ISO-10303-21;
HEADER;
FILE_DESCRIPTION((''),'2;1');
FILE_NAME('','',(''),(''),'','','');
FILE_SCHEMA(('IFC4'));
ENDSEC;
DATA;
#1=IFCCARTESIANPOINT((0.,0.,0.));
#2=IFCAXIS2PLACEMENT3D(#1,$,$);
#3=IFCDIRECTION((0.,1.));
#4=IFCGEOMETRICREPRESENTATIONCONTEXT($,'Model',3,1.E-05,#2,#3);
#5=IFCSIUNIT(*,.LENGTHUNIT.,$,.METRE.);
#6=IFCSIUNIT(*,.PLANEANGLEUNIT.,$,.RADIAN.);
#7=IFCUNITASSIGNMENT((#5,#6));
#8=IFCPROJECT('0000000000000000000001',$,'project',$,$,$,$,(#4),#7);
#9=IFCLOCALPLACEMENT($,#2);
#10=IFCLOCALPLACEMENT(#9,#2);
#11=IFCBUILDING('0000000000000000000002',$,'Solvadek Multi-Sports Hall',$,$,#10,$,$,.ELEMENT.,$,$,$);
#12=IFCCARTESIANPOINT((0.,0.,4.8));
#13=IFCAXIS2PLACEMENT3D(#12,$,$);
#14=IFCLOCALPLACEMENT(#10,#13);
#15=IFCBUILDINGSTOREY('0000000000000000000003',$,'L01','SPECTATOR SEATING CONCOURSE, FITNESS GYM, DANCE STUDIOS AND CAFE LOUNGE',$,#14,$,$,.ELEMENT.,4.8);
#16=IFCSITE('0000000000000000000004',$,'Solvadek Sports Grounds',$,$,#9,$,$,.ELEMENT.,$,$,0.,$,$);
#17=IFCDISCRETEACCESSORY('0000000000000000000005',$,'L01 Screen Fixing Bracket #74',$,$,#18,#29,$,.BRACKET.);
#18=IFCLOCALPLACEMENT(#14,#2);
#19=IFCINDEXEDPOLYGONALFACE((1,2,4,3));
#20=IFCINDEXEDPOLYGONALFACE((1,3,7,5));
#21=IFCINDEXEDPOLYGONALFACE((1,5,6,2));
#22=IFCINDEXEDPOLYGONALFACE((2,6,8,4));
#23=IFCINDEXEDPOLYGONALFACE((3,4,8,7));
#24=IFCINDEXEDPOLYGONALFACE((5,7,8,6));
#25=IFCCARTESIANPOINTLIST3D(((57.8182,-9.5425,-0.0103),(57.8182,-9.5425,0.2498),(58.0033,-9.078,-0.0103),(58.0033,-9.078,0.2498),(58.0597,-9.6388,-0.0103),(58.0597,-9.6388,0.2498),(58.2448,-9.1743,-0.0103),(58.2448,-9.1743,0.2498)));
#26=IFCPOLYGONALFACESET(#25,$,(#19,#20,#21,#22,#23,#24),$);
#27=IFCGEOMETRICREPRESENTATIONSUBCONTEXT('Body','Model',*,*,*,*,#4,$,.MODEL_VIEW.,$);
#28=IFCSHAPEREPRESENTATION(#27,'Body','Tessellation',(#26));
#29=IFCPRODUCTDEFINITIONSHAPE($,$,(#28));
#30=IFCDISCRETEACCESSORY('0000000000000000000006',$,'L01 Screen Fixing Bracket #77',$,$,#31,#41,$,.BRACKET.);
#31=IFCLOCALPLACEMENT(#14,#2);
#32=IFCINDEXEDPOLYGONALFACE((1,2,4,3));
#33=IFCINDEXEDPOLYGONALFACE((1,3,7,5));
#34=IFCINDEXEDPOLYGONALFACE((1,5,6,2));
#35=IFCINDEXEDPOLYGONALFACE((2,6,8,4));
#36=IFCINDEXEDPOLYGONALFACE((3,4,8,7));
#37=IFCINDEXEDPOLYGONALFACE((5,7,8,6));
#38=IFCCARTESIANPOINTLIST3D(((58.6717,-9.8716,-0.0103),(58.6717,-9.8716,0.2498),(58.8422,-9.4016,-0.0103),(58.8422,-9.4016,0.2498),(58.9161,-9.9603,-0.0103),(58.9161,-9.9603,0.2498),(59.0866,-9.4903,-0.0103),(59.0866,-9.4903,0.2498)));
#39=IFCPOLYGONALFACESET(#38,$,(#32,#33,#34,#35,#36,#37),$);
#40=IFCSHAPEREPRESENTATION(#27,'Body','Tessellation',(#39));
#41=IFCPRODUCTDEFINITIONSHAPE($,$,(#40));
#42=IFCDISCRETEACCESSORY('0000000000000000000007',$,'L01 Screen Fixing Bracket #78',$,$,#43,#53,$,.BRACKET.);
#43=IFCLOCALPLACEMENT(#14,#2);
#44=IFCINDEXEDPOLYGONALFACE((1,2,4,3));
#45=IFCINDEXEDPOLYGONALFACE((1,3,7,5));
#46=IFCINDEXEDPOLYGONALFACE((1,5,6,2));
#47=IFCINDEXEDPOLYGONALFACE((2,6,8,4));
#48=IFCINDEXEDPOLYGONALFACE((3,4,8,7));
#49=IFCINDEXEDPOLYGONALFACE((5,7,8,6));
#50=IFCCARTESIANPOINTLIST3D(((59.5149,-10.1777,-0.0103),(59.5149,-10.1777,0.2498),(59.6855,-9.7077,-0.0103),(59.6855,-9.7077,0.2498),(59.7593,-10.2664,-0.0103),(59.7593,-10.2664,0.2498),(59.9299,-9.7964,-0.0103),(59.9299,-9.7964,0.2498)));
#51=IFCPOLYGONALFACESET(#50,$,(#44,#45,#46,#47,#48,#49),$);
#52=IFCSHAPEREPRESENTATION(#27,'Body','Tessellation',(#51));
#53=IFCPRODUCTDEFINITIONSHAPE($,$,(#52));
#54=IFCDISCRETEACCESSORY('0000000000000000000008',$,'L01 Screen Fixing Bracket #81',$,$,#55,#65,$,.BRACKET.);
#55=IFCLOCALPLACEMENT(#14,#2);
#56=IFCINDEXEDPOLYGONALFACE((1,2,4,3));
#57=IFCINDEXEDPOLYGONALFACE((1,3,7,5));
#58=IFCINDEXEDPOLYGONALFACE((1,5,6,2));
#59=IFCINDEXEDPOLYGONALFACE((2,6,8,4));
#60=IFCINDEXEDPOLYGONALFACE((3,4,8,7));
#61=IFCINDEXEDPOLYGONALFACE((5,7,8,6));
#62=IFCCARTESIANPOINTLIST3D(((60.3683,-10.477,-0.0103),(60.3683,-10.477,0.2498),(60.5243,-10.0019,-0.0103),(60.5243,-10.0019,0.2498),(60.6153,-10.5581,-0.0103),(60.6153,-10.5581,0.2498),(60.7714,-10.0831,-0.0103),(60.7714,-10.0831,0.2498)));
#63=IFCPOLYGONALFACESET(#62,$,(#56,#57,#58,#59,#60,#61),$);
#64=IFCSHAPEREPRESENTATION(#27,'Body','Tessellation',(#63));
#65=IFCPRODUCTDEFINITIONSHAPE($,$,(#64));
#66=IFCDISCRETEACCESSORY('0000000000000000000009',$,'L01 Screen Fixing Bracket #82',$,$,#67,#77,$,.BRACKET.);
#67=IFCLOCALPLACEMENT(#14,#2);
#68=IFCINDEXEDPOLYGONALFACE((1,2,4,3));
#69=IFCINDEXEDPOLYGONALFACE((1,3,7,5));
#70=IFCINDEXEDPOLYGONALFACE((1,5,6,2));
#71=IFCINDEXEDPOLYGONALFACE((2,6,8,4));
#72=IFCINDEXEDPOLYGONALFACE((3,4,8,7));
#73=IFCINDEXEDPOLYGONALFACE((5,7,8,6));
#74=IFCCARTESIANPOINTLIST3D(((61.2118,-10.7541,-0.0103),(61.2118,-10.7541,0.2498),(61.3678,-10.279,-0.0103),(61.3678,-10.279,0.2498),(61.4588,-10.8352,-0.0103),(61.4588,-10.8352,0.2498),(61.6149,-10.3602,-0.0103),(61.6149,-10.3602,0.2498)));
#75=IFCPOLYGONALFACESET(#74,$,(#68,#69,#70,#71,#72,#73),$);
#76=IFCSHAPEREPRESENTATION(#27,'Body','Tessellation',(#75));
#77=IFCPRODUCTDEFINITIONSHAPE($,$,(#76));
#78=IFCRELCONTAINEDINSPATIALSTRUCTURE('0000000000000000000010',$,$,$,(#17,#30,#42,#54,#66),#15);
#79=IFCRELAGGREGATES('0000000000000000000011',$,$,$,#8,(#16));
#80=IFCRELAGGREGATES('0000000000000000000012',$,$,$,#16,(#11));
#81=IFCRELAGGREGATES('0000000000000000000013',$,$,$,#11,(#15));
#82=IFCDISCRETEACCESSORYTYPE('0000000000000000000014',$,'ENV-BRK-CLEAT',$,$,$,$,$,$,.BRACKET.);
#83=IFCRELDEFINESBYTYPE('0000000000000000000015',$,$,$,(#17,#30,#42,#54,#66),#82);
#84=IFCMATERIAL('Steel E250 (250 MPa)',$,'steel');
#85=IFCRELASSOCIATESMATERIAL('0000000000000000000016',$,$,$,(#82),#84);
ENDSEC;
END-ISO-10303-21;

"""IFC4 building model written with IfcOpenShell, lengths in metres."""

from ifc_helpers import new_model, si_unit, direction, frame, origin, origin_2d, place, context, subcontext, project, spatial, rectangle, extrude, material, type_object, element, save


model = new_model("IFC4")

# Units and contexts
model_context = context("Model", 3, precision=1e-05, world=origin(), true_north=direction((0.0, 1.0)))
body_context = subcontext(model_context, "Body", "Model", "MODEL_VIEW")
ifc_project = project(units=[si_unit("LENGTHUNIT", "METRE"), si_unit("PLANEANGLEUNIT", "RADIAN")], contexts=[model_context])

# Site, building, storey
site_placement = place(None, origin())
site = spatial("IfcSite", under=ifc_project, at=site_placement, Name="Solvadek Sports Grounds", CompositionType="ELEMENT", RefElevation=0.0)
building_placement = place(site_placement, origin())
building = spatial("IfcBuilding", under=site, at=building_placement, Name="Solvadek Multi-Sports Hall", CompositionType="ELEMENT")
storey_placement = place(building_placement, frame((0.0, 0.0, 4.8)))
storey = spatial("IfcBuildingStorey", under=building, at=storey_placement, Name="L01", Description="SPECTATOR SEATING CONCOURSE, FITNESS GYM, DANCE STUDIOS AND CAFE LOUNGE", CompositionType="ELEMENT", Elevation=4.8)

# Discrete accessories
ifc_material_1 = material(Name="Steel E250 (250 MPa)", Category="steel")
discrete_accessory_type = type_object("IfcDiscreteAccessoryType", Name="ENV-BRK-CLEAT", PredefinedType="BRACKET", material=ifc_material_1)
for number, where, z_axis, x_axis, name in (
    (1, (58.0315, -9.3584, -0.0103), (0.0, 0.0, 1.0), (0.928981, -0.370128, 0.0), "L01 Screen Fixing Bracket #74"),
    (2, (58.8792, -9.6809, -0.0103), (0.0, 0.0, 1.0), (0.940005, -0.341161, 0.0), "L01 Screen Fixing Bracket #77"),
    (3, (59.7224, -9.9871, -0.0103), (0.0, 0.0, 1.0), (0.940005, -0.341161, 0.0), "L01 Screen Fixing Bracket #78"),
    (4, (60.5698, -10.28, -0.0103), (0.0, 0.0, 1.0), (0.950043, -0.312119, 0.0), "L01 Screen Fixing Bracket #81"),
    (5, (61.4133, -10.5571, -0.0103), (0.0, 0.0, 1.0), (0.950043, -0.312119, 0.0), "L01 Screen Fixing Bracket #82"),
):
    element("IfcDiscreteAccessory", number, at=place(storey_placement, frame(where, z_axis=z_axis, x_axis=x_axis)), inside=storey, type_object=discrete_accessory_type, Name=name, PredefinedType="BRACKET", context=body_context, shape_type="SweptSolid", body=[
        extrude(rectangle(XDim=0.26, YDim=0.5, at=origin_2d()), origin(), (0.0, 0.0, 1.0), 0.26),
    ])

save(model, "model.ifc")
